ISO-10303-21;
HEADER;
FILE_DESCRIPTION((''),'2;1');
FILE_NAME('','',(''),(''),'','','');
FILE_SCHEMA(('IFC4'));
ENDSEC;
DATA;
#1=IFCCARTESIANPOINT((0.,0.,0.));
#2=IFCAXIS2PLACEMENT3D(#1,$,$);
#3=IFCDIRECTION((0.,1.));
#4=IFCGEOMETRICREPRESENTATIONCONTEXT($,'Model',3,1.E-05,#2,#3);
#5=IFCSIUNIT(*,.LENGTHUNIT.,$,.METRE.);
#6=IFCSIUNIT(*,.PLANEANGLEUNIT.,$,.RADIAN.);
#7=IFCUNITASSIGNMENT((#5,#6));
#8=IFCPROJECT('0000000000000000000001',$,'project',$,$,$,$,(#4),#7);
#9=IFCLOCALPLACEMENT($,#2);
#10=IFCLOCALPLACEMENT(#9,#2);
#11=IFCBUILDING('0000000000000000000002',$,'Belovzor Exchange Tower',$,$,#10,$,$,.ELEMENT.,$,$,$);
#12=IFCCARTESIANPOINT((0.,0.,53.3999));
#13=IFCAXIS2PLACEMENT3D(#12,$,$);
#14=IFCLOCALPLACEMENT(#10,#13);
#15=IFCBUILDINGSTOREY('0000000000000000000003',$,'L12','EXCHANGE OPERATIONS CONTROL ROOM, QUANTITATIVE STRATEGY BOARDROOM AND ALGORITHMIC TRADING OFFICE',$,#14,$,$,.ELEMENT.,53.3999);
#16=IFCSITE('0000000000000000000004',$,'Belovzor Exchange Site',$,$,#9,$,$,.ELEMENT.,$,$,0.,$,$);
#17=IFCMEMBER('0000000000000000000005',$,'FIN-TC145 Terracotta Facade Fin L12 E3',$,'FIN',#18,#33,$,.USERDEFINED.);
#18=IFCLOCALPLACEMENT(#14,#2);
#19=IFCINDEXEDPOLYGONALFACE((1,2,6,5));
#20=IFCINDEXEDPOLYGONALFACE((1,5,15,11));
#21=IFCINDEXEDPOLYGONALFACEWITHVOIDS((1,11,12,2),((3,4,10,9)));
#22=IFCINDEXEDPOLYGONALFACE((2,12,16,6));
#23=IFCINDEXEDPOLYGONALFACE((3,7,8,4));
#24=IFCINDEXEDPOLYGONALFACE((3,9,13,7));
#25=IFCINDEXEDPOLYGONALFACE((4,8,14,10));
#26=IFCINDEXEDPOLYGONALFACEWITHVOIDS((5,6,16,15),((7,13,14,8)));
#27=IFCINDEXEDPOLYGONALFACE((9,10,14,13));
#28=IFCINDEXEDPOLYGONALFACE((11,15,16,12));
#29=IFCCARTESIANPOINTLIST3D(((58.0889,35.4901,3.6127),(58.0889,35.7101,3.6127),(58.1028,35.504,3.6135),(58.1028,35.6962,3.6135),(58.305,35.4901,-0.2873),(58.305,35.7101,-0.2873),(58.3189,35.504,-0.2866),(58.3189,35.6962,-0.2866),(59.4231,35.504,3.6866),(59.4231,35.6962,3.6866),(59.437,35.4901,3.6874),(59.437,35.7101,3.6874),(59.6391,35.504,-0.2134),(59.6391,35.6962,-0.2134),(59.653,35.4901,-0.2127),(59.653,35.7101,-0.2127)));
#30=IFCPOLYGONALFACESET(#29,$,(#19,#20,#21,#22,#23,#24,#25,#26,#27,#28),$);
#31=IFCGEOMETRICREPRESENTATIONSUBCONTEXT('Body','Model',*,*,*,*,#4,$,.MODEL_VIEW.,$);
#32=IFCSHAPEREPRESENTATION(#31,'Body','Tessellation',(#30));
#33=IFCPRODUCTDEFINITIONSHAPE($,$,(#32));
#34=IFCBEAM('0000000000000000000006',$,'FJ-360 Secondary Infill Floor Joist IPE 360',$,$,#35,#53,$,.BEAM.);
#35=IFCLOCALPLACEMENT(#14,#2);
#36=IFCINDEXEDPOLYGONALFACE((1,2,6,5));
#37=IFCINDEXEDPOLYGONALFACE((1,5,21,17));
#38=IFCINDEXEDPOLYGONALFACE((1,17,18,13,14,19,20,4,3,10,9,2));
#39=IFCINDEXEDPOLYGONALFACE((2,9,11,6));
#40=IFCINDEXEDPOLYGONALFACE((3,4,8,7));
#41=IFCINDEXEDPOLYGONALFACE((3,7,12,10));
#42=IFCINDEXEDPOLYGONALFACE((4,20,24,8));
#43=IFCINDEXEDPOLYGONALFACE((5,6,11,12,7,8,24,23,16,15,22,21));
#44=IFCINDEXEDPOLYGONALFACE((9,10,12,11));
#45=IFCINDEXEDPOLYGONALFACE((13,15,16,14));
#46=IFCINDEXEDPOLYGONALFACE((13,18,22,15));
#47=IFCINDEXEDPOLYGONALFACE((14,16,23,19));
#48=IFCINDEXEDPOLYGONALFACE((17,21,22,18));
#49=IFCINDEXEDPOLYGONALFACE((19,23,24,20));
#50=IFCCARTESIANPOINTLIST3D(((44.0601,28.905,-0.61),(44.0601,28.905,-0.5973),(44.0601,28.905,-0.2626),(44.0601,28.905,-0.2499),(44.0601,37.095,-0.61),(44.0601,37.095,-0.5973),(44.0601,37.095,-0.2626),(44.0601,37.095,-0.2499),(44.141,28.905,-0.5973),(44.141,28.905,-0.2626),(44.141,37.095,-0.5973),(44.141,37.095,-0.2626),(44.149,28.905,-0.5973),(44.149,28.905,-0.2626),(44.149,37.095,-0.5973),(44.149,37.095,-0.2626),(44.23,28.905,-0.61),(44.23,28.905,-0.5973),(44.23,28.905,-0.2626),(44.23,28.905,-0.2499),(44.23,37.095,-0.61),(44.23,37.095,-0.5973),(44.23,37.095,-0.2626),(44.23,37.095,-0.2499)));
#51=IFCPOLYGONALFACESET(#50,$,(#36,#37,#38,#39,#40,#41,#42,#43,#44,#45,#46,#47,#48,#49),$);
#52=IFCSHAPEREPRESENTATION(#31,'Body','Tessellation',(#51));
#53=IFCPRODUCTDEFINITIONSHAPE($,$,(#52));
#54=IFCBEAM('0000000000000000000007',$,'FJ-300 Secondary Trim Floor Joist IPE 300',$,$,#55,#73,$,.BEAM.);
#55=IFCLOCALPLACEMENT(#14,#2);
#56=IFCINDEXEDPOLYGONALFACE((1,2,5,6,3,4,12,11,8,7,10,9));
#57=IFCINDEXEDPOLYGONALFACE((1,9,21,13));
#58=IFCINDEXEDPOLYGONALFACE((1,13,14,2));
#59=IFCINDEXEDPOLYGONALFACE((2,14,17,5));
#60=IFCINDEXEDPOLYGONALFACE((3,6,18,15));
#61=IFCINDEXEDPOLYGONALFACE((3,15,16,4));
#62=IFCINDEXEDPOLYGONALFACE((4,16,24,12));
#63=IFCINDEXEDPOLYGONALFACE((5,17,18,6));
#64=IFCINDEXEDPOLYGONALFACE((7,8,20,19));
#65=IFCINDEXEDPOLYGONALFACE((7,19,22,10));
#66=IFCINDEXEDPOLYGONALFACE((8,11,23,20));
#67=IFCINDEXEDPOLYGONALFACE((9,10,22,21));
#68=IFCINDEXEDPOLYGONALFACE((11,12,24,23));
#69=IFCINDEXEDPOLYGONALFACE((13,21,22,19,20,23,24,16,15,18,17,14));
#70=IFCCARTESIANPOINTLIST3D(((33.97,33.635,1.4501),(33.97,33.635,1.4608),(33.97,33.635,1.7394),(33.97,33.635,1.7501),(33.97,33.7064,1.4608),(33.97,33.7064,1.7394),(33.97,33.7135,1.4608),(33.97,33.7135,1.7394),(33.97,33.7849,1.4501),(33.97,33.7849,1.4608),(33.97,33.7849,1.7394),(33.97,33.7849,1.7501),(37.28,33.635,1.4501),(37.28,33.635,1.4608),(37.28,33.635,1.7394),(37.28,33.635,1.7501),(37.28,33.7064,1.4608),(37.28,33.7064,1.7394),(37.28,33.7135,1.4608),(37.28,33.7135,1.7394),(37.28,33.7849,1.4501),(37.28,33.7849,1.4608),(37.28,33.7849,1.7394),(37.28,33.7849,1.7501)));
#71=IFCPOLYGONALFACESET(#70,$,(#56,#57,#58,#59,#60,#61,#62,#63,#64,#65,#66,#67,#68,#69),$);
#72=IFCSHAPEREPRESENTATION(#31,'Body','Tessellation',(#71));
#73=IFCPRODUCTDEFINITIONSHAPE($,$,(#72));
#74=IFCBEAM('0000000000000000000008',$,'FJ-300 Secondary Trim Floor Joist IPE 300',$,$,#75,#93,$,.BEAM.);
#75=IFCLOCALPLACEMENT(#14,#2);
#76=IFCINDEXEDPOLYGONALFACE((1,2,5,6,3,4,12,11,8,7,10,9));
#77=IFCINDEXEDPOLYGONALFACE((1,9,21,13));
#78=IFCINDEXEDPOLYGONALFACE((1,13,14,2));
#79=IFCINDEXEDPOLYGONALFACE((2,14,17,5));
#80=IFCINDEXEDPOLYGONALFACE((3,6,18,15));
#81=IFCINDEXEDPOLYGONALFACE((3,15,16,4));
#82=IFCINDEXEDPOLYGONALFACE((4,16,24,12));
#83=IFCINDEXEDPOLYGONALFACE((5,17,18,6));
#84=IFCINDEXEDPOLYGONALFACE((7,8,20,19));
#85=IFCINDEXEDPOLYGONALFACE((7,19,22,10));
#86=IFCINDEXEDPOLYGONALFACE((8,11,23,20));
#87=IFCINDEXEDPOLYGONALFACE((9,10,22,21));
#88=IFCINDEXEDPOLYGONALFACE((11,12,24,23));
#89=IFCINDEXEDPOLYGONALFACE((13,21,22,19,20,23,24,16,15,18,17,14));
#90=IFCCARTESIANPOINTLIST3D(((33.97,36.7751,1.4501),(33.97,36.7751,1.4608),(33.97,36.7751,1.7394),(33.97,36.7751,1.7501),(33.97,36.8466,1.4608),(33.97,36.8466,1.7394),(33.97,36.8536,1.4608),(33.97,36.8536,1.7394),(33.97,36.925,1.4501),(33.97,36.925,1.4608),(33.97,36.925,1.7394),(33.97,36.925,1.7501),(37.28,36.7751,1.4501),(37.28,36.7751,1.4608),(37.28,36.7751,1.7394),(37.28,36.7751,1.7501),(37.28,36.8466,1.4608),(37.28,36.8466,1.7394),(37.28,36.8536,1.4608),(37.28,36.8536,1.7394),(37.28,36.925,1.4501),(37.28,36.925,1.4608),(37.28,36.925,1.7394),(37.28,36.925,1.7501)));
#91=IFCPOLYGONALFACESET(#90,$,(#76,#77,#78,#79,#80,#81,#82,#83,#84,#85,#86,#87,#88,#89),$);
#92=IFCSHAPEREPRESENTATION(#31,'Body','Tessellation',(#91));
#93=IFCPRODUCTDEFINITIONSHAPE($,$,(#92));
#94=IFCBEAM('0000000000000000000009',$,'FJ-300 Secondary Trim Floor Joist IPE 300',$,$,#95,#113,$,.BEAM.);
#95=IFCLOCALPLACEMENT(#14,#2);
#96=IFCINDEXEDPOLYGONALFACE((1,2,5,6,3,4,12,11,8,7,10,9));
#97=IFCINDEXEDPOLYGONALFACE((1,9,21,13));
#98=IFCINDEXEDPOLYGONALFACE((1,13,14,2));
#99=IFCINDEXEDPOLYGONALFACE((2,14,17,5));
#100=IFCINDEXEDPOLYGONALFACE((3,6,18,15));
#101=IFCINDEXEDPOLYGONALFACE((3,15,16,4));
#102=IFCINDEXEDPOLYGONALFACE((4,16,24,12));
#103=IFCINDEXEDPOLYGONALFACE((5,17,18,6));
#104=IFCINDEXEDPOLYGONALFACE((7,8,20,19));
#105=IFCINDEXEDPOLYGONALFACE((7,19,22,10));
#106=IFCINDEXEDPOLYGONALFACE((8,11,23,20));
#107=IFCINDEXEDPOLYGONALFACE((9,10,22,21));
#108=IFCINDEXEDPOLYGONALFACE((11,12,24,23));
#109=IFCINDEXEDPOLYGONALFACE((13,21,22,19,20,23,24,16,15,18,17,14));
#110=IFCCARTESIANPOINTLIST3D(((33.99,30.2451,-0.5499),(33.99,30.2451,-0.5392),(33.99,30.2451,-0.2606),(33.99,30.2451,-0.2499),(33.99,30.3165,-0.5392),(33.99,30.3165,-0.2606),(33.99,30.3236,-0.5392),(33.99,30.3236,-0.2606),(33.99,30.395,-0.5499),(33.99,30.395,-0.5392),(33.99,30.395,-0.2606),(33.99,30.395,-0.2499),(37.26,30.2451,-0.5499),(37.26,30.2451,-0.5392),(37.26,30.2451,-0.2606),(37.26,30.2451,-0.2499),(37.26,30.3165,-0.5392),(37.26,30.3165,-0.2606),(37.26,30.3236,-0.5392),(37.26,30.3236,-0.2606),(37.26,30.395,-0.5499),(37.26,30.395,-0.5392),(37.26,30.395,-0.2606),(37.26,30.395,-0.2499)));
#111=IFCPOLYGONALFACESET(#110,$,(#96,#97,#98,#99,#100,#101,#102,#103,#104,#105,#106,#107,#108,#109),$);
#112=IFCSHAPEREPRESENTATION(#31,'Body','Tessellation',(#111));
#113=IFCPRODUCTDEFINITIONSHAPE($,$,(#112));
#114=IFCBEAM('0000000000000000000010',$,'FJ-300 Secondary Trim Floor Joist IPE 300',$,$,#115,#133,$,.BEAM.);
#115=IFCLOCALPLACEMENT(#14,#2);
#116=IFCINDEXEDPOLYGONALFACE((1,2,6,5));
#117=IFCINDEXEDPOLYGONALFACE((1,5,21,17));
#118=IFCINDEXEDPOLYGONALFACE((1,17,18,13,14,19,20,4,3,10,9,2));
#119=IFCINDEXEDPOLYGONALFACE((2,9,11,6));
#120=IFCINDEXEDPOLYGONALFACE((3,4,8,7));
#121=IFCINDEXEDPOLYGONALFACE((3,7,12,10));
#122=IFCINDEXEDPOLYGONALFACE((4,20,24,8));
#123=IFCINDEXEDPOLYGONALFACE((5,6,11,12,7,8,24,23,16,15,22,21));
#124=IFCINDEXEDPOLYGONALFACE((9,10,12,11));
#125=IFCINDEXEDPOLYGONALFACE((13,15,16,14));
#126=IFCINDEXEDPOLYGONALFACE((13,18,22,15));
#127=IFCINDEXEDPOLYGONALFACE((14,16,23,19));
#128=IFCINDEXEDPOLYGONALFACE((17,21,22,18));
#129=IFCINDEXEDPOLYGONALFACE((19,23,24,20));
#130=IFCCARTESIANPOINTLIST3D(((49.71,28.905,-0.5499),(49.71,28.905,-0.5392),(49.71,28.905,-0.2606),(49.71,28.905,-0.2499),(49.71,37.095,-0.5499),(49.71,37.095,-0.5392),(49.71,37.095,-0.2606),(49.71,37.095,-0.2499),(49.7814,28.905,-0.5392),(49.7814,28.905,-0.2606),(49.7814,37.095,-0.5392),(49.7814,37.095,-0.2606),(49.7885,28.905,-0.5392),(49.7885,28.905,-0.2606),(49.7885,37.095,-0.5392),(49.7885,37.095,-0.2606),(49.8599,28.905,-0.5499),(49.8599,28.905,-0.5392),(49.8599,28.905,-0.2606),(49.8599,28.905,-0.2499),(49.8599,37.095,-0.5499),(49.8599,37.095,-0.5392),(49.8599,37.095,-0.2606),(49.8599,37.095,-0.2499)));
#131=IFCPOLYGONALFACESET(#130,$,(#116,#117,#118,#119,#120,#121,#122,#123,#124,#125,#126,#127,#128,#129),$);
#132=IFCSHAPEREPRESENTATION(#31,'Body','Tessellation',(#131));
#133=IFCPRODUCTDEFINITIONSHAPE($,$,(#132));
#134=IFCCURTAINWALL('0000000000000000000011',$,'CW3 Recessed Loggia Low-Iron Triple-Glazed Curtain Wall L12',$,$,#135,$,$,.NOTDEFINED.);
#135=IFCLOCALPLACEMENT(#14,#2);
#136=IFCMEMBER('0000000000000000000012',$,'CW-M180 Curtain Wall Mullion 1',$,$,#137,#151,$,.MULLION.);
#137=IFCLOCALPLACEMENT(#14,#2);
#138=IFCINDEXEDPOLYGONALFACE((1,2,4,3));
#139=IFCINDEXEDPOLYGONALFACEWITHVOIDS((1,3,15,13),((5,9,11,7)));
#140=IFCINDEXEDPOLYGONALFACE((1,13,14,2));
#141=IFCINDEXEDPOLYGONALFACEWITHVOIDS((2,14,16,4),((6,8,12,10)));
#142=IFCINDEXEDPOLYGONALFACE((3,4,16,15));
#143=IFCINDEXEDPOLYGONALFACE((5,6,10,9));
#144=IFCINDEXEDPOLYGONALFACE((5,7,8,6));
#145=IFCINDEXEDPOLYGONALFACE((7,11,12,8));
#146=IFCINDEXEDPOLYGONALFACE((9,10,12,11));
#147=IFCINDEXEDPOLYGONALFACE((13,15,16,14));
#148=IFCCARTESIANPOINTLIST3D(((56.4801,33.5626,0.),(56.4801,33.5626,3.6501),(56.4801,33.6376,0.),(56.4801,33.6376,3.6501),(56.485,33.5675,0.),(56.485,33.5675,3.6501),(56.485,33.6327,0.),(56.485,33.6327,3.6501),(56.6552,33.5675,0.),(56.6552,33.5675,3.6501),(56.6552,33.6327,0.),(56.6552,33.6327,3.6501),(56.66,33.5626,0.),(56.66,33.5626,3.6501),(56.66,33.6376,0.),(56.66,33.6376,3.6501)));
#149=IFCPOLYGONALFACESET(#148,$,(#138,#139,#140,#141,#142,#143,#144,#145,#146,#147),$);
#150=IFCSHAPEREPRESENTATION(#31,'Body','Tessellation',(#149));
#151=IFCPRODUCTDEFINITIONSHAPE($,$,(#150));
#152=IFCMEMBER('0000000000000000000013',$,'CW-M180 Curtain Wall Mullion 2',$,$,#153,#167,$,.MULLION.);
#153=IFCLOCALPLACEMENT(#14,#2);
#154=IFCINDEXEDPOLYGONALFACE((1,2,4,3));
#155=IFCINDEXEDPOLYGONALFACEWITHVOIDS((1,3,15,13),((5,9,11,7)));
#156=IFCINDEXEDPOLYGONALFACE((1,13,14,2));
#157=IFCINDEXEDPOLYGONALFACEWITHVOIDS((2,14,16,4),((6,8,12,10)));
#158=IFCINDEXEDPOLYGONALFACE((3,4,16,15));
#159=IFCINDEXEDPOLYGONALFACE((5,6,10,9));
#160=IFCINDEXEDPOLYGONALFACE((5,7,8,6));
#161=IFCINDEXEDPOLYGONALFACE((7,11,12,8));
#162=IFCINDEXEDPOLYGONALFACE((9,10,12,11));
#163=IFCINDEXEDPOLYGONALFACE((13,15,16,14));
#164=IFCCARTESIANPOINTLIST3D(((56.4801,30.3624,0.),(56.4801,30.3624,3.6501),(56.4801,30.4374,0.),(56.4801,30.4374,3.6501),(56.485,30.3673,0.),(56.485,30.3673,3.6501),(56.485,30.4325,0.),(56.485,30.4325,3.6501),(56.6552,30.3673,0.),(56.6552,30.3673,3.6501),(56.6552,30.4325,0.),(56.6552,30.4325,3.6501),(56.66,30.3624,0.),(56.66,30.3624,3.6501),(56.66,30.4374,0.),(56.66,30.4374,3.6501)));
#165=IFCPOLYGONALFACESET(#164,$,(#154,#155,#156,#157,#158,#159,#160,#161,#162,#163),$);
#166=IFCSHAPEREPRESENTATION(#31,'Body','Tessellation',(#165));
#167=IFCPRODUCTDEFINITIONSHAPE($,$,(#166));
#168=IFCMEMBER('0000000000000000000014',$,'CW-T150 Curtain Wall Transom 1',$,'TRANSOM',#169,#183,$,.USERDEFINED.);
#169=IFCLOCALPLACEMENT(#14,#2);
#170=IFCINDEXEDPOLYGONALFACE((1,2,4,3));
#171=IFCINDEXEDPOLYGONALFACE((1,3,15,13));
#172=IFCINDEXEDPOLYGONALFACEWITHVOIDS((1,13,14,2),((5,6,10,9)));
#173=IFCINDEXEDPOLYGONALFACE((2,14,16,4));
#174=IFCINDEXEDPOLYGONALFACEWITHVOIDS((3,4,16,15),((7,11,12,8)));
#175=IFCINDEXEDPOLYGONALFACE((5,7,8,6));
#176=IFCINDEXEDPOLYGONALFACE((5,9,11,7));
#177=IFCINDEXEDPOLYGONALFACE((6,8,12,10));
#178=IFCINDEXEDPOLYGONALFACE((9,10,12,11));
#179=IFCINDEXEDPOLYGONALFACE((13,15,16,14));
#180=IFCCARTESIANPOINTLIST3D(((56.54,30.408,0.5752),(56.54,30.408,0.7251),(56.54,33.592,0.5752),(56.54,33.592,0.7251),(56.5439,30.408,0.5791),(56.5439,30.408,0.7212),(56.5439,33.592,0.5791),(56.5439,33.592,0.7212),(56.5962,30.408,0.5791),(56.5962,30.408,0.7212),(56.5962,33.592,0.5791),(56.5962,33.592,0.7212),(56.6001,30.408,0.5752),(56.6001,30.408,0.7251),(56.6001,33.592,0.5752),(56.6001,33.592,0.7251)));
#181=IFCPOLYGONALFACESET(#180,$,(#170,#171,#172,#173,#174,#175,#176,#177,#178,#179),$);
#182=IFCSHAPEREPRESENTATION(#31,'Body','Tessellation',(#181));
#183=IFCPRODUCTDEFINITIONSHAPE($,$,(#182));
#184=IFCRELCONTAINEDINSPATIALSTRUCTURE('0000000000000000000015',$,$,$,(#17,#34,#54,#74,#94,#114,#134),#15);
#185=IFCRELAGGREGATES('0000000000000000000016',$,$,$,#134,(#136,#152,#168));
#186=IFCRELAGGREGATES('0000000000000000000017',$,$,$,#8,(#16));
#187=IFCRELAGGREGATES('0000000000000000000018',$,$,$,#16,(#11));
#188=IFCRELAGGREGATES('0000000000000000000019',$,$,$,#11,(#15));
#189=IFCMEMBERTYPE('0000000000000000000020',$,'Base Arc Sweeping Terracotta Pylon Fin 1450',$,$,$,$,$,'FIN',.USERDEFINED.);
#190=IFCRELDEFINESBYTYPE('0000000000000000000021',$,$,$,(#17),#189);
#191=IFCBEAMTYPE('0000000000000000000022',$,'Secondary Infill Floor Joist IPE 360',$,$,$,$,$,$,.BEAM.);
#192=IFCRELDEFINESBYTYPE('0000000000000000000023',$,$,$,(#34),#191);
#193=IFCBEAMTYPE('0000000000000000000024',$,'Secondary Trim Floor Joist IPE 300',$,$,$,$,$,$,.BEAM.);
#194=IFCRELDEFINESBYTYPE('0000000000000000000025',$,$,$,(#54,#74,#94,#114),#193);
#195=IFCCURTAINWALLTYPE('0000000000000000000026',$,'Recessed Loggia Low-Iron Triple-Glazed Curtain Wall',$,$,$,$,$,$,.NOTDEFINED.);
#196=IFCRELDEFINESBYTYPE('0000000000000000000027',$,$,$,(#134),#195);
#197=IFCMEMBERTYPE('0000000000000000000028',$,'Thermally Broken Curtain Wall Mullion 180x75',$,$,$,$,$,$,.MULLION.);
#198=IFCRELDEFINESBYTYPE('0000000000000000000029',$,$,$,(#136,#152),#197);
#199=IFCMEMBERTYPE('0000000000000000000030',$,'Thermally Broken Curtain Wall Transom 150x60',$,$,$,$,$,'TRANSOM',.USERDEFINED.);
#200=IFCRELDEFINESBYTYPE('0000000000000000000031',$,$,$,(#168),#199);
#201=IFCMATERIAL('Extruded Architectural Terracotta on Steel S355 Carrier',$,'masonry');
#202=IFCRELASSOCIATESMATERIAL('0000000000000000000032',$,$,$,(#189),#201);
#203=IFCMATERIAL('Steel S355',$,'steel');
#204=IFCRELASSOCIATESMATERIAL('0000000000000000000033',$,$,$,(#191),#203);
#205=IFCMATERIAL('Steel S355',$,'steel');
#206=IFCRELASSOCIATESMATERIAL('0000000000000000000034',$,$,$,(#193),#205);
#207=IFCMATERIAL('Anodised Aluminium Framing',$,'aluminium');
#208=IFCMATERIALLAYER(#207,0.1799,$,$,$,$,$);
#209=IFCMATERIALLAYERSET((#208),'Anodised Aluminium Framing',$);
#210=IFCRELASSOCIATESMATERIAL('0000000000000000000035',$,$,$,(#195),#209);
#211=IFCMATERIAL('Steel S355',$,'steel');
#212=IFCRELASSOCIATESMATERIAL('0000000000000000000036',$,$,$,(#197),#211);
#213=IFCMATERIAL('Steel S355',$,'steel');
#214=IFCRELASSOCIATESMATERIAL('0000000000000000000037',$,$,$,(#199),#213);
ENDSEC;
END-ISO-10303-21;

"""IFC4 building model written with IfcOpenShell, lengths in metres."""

from ifc_helpers import new_model, si_unit, direction, frame, origin, origin_2d, place, context, subcontext, project, spatial, hollow_rectangle, i_section, extrude, material, layer, layer_set, material_profile, profile_set, type_object, element, aggregate, save


model = new_model("IFC4")

# Units and contexts
model_context = context("Model", 3, precision=1e-05, world=origin(), true_north=direction((0.0, 1.0)))
body_context = subcontext(model_context, "Body", "Model", "MODEL_VIEW")
ifc_project = project(units=[si_unit("LENGTHUNIT", "METRE"), si_unit("PLANEANGLEUNIT", "RADIAN")], contexts=[model_context])

# Site, building, storey
site_placement = place(None, origin())
site = spatial("IfcSite", under=ifc_project, at=site_placement, Name="Belovzor Exchange Site", CompositionType="ELEMENT", RefElevation=0.0)
building_placement = place(site_placement, origin())
building = spatial("IfcBuilding", under=site, at=building_placement, Name="Belovzor Exchange Tower", CompositionType="ELEMENT")
storey_placement = place(building_placement, frame((0.0, 0.0, 53.3999)))
storey = spatial("IfcBuildingStorey", under=building, at=storey_placement, Name="L12", Description="EXCHANGE OPERATIONS CONTROL ROOM, QUANTITATIVE STRATEGY BOARDROOM AND ALGORITHMIC TRADING OFFICE", CompositionType="ELEMENT", Elevation=53.3999)

# Member
ifc_material_1 = material(Name="Extruded Architectural Terracotta on Steel S355 Carrier", Category="masonry")
ifc_material_profile_1 = material_profile(ifc_material_1, hollow_rectangle(XDim=0.22, YDim=1.3501, WallThickness=0.0139, at=origin_2d()))
ifc_profile_set_1 = profile_set([ifc_material_profile_1], Name="Extruded Architectural Terracotta on Steel S355 Carrier")
member_type_1 = type_object("IfcMemberType", Name="Base Arc Sweeping Terracotta Pylon Fin 1450", ElementType="FIN", PredefinedType="USERDEFINED", material=ifc_profile_set_1)
member_1_placement = place(storey_placement, frame((58.979, 35.6001, -0.25), z_axis=(-0.055314, 0.0, 0.998469), x_axis=(0.0, -1.0, 0.0)))
element("IfcMember", 1, at=member_1_placement, inside=storey, type_object=member_type_1, Name="FIN-TC145 Terracotta Facade Fin L12 E3", ObjectType="FIN", PredefinedType="USERDEFINED", context=body_context, shape_type="SweptSolid", body=[
    extrude(hollow_rectangle(XDim=0.22, YDim=1.3501, WallThickness=0.0139, at=origin_2d()), origin(), (0.0, 0.0, 1.0), 3.906),
])

# Beams
ifc_material_2 = material(Name="Steel S355", Category="steel")
ifc_material_profile_2 = material_profile(ifc_material_2, i_section(OverallWidth=0.1699, OverallDepth=0.3601, WebThickness=0.0081, FlangeThickness=0.0127, at=origin_2d()))
ifc_profile_set_2 = profile_set([ifc_material_profile_2], Name="Steel S355")
beam_type_1 = type_object("IfcBeamType", Name="Secondary Infill Floor Joist IPE 360", PredefinedType="BEAM", material=ifc_profile_set_2)
beam_1_placement = place(storey_placement, frame((44.145, 28.905, -0.4299), z_axis=(0.0, 1.0, 0.0), x_axis=(-1.0, 0.0, 0.0)))
element("IfcBeam", 2, at=beam_1_placement, inside=storey, type_object=beam_type_1, Name="FJ-360 Secondary Infill Floor Joist IPE 360", PredefinedType="BEAM", context=body_context, shape_type="SweptSolid", body=[
    extrude(i_section(OverallWidth=0.1699, OverallDepth=0.3601, WebThickness=0.0081, FlangeThickness=0.0127, at=origin_2d()), origin(), (0.0, 0.0, 1.0), 8.1899),
])
ifc_material_3 = material(Name="Steel S355", Category="steel")
ifc_material_profile_3 = material_profile(ifc_material_3, i_section(OverallWidth=0.1499, OverallDepth=0.3, WebThickness=0.0071, FlangeThickness=0.0107, at=origin_2d()))
ifc_profile_set_3 = profile_set([ifc_material_profile_3], Name="Steel S355")
beam_type_2 = type_object("IfcBeamType", Name="Secondary Trim Floor Joist IPE 300", PredefinedType="BEAM", material=ifc_profile_set_3)
for number, where, z_axis, x_axis, name in (
    (3, (37.28, 33.71, 1.6001), (-1.0, 0.0, 0.0), (0.0, -1.0, 0.0), "FJ-300 Secondary Trim Floor Joist IPE 300"),
    (4, (37.28, 36.8501, 1.6001), (-1.0, 0.0, 0.0), (0.0, -1.0, 0.0), "FJ-300 Secondary Trim Floor Joist IPE 300"),
):
    element("IfcBeam", number, at=place(storey_placement, frame(where, z_axis=z_axis, x_axis=x_axis)), inside=storey, type_object=beam_type_2, Name=name, PredefinedType="BEAM", context=body_context, shape_type="SweptSolid", body=[
        extrude(i_section(OverallWidth=0.1499, OverallDepth=0.3, WebThickness=0.0071, FlangeThickness=0.0107, at=origin_2d()), origin(), (0.0, 0.0, 1.0), 3.3101),
    ])
beam_2_placement = place(storey_placement, frame((37.26, 30.3201, -0.3999), z_axis=(-1.0, 0.0, 0.0), x_axis=(0.0, -1.0, 0.0)))
element("IfcBeam", 5, at=beam_2_placement, inside=storey, type_object=beam_type_2, Name="FJ-300 Secondary Trim Floor Joist IPE 300", PredefinedType="BEAM", context=body_context, shape_type="SweptSolid", body=[
    extrude(i_section(OverallWidth=0.1499, OverallDepth=0.3, WebThickness=0.0071, FlangeThickness=0.0107, at=origin_2d()), origin(), (0.0, 0.0, 1.0), 3.27),
])
beam_3_placement = place(storey_placement, frame((49.7849, 28.905, -0.3999), z_axis=(0.0, 1.0, 0.0), x_axis=(-1.0, 0.0, 0.0)))
element("IfcBeam", 6, at=beam_3_placement, inside=storey, type_object=beam_type_2, Name="FJ-300 Secondary Trim Floor Joist IPE 300", PredefinedType="BEAM", context=body_context, shape_type="SweptSolid", body=[
    extrude(i_section(OverallWidth=0.1499, OverallDepth=0.3, WebThickness=0.0071, FlangeThickness=0.0107, at=origin_2d()), origin(), (0.0, 0.0, 1.0), 8.1899),
])

# Curtain wall, members
ifc_material_4 = material(Name="Anodised Aluminium Framing", Category="aluminium")
ifc_layer_1 = layer(ifc_material_4, 0.1799)
ifc_layer_set_1 = layer_set([ifc_layer_1], Name="Anodised Aluminium Framing")
curtain_wall_type = type_object("IfcCurtainWallType", Name="Recessed Loggia Low-Iron Triple-Glazed Curtain Wall", PredefinedType="NOTDEFINED", material=ifc_layer_set_1)
curtain_wall_placement = place(storey_placement, origin())
curtain_wall = element("IfcCurtainWall", 7, at=curtain_wall_placement, inside=storey, type_object=curtain_wall_type, Name="CW3 Recessed Loggia Low-Iron Triple-Glazed Curtain Wall L12", PredefinedType="NOTDEFINED")
ifc_material_5 = material(Name="Steel S355", Category="steel")
ifc_material_profile_4 = material_profile(ifc_material_5, hollow_rectangle(XDim=0.075, YDim=0.1799, WallThickness=0.0049, at=origin_2d()))
ifc_profile_set_4 = profile_set([ifc_material_profile_4], Name="Steel S355")
member_type_2 = type_object("IfcMemberType", Name="Thermally Broken Curtain Wall Mullion 180x75", PredefinedType="MULLION", material=ifc_profile_set_4)
member_2_placement = place(storey_placement, frame((56.5701, 33.6001, 0.0), z_axis=(0.0, 0.0, 1.0), x_axis=(0.0, -1.0, 0.0)))
member_2 = element("IfcMember", 8, at=member_2_placement, type_object=member_type_2, Name="CW-M180 Curtain Wall Mullion 1", PredefinedType="MULLION", context=body_context, shape_type="SweptSolid", body=[
    extrude(hollow_rectangle(XDim=0.075, YDim=0.1799, WallThickness=0.0049, at=origin_2d()), origin(), (0.0, 0.0, 1.0), 3.6501),
])
member_3_placement = place(storey_placement, frame((56.5701, 30.3999, 0.0), z_axis=(0.0, 0.0, 1.0), x_axis=(0.0, -1.0, 0.0)))
member_3 = element("IfcMember", 9, at=member_3_placement, type_object=member_type_2, Name="CW-M180 Curtain Wall Mullion 2", PredefinedType="MULLION", context=body_context, shape_type="SweptSolid", body=[
    extrude(hollow_rectangle(XDim=0.075, YDim=0.1799, WallThickness=0.0049, at=origin_2d()), origin(), (0.0, 0.0, 1.0), 3.6501),
])
ifc_material_6 = material(Name="Steel S355", Category="steel")
ifc_material_profile_5 = material_profile(ifc_material_6, hollow_rectangle(XDim=0.0601, YDim=0.1499, WallThickness=0.0039, at=origin_2d()))
ifc_profile_set_5 = profile_set([ifc_material_profile_5], Name="Steel S355")
member_type_3 = type_object("IfcMemberType", Name="Thermally Broken Curtain Wall Transom 150x60", ElementType="TRANSOM", PredefinedType="USERDEFINED", material=ifc_profile_set_5)
member_4_placement = place(storey_placement, frame((56.5701, 33.592, 0.6501), z_axis=(0.0, -1.0, 0.0), x_axis=(1.0, 0.0, 0.0)))
member_4 = element("IfcMember", 10, at=member_4_placement, type_object=member_type_3, Name="CW-T150 Curtain Wall Transom 1", ObjectType="TRANSOM", PredefinedType="USERDEFINED", context=body_context, shape_type="SweptSolid", body=[
    extrude(hollow_rectangle(XDim=0.0601, YDim=0.1499, WallThickness=0.0039, at=origin_2d()), origin(), (0.0, 0.0, 1.0), 3.1841),
])

aggregate(curtain_wall, [member_2, member_3, member_4])

save(model, "model.ifc")
